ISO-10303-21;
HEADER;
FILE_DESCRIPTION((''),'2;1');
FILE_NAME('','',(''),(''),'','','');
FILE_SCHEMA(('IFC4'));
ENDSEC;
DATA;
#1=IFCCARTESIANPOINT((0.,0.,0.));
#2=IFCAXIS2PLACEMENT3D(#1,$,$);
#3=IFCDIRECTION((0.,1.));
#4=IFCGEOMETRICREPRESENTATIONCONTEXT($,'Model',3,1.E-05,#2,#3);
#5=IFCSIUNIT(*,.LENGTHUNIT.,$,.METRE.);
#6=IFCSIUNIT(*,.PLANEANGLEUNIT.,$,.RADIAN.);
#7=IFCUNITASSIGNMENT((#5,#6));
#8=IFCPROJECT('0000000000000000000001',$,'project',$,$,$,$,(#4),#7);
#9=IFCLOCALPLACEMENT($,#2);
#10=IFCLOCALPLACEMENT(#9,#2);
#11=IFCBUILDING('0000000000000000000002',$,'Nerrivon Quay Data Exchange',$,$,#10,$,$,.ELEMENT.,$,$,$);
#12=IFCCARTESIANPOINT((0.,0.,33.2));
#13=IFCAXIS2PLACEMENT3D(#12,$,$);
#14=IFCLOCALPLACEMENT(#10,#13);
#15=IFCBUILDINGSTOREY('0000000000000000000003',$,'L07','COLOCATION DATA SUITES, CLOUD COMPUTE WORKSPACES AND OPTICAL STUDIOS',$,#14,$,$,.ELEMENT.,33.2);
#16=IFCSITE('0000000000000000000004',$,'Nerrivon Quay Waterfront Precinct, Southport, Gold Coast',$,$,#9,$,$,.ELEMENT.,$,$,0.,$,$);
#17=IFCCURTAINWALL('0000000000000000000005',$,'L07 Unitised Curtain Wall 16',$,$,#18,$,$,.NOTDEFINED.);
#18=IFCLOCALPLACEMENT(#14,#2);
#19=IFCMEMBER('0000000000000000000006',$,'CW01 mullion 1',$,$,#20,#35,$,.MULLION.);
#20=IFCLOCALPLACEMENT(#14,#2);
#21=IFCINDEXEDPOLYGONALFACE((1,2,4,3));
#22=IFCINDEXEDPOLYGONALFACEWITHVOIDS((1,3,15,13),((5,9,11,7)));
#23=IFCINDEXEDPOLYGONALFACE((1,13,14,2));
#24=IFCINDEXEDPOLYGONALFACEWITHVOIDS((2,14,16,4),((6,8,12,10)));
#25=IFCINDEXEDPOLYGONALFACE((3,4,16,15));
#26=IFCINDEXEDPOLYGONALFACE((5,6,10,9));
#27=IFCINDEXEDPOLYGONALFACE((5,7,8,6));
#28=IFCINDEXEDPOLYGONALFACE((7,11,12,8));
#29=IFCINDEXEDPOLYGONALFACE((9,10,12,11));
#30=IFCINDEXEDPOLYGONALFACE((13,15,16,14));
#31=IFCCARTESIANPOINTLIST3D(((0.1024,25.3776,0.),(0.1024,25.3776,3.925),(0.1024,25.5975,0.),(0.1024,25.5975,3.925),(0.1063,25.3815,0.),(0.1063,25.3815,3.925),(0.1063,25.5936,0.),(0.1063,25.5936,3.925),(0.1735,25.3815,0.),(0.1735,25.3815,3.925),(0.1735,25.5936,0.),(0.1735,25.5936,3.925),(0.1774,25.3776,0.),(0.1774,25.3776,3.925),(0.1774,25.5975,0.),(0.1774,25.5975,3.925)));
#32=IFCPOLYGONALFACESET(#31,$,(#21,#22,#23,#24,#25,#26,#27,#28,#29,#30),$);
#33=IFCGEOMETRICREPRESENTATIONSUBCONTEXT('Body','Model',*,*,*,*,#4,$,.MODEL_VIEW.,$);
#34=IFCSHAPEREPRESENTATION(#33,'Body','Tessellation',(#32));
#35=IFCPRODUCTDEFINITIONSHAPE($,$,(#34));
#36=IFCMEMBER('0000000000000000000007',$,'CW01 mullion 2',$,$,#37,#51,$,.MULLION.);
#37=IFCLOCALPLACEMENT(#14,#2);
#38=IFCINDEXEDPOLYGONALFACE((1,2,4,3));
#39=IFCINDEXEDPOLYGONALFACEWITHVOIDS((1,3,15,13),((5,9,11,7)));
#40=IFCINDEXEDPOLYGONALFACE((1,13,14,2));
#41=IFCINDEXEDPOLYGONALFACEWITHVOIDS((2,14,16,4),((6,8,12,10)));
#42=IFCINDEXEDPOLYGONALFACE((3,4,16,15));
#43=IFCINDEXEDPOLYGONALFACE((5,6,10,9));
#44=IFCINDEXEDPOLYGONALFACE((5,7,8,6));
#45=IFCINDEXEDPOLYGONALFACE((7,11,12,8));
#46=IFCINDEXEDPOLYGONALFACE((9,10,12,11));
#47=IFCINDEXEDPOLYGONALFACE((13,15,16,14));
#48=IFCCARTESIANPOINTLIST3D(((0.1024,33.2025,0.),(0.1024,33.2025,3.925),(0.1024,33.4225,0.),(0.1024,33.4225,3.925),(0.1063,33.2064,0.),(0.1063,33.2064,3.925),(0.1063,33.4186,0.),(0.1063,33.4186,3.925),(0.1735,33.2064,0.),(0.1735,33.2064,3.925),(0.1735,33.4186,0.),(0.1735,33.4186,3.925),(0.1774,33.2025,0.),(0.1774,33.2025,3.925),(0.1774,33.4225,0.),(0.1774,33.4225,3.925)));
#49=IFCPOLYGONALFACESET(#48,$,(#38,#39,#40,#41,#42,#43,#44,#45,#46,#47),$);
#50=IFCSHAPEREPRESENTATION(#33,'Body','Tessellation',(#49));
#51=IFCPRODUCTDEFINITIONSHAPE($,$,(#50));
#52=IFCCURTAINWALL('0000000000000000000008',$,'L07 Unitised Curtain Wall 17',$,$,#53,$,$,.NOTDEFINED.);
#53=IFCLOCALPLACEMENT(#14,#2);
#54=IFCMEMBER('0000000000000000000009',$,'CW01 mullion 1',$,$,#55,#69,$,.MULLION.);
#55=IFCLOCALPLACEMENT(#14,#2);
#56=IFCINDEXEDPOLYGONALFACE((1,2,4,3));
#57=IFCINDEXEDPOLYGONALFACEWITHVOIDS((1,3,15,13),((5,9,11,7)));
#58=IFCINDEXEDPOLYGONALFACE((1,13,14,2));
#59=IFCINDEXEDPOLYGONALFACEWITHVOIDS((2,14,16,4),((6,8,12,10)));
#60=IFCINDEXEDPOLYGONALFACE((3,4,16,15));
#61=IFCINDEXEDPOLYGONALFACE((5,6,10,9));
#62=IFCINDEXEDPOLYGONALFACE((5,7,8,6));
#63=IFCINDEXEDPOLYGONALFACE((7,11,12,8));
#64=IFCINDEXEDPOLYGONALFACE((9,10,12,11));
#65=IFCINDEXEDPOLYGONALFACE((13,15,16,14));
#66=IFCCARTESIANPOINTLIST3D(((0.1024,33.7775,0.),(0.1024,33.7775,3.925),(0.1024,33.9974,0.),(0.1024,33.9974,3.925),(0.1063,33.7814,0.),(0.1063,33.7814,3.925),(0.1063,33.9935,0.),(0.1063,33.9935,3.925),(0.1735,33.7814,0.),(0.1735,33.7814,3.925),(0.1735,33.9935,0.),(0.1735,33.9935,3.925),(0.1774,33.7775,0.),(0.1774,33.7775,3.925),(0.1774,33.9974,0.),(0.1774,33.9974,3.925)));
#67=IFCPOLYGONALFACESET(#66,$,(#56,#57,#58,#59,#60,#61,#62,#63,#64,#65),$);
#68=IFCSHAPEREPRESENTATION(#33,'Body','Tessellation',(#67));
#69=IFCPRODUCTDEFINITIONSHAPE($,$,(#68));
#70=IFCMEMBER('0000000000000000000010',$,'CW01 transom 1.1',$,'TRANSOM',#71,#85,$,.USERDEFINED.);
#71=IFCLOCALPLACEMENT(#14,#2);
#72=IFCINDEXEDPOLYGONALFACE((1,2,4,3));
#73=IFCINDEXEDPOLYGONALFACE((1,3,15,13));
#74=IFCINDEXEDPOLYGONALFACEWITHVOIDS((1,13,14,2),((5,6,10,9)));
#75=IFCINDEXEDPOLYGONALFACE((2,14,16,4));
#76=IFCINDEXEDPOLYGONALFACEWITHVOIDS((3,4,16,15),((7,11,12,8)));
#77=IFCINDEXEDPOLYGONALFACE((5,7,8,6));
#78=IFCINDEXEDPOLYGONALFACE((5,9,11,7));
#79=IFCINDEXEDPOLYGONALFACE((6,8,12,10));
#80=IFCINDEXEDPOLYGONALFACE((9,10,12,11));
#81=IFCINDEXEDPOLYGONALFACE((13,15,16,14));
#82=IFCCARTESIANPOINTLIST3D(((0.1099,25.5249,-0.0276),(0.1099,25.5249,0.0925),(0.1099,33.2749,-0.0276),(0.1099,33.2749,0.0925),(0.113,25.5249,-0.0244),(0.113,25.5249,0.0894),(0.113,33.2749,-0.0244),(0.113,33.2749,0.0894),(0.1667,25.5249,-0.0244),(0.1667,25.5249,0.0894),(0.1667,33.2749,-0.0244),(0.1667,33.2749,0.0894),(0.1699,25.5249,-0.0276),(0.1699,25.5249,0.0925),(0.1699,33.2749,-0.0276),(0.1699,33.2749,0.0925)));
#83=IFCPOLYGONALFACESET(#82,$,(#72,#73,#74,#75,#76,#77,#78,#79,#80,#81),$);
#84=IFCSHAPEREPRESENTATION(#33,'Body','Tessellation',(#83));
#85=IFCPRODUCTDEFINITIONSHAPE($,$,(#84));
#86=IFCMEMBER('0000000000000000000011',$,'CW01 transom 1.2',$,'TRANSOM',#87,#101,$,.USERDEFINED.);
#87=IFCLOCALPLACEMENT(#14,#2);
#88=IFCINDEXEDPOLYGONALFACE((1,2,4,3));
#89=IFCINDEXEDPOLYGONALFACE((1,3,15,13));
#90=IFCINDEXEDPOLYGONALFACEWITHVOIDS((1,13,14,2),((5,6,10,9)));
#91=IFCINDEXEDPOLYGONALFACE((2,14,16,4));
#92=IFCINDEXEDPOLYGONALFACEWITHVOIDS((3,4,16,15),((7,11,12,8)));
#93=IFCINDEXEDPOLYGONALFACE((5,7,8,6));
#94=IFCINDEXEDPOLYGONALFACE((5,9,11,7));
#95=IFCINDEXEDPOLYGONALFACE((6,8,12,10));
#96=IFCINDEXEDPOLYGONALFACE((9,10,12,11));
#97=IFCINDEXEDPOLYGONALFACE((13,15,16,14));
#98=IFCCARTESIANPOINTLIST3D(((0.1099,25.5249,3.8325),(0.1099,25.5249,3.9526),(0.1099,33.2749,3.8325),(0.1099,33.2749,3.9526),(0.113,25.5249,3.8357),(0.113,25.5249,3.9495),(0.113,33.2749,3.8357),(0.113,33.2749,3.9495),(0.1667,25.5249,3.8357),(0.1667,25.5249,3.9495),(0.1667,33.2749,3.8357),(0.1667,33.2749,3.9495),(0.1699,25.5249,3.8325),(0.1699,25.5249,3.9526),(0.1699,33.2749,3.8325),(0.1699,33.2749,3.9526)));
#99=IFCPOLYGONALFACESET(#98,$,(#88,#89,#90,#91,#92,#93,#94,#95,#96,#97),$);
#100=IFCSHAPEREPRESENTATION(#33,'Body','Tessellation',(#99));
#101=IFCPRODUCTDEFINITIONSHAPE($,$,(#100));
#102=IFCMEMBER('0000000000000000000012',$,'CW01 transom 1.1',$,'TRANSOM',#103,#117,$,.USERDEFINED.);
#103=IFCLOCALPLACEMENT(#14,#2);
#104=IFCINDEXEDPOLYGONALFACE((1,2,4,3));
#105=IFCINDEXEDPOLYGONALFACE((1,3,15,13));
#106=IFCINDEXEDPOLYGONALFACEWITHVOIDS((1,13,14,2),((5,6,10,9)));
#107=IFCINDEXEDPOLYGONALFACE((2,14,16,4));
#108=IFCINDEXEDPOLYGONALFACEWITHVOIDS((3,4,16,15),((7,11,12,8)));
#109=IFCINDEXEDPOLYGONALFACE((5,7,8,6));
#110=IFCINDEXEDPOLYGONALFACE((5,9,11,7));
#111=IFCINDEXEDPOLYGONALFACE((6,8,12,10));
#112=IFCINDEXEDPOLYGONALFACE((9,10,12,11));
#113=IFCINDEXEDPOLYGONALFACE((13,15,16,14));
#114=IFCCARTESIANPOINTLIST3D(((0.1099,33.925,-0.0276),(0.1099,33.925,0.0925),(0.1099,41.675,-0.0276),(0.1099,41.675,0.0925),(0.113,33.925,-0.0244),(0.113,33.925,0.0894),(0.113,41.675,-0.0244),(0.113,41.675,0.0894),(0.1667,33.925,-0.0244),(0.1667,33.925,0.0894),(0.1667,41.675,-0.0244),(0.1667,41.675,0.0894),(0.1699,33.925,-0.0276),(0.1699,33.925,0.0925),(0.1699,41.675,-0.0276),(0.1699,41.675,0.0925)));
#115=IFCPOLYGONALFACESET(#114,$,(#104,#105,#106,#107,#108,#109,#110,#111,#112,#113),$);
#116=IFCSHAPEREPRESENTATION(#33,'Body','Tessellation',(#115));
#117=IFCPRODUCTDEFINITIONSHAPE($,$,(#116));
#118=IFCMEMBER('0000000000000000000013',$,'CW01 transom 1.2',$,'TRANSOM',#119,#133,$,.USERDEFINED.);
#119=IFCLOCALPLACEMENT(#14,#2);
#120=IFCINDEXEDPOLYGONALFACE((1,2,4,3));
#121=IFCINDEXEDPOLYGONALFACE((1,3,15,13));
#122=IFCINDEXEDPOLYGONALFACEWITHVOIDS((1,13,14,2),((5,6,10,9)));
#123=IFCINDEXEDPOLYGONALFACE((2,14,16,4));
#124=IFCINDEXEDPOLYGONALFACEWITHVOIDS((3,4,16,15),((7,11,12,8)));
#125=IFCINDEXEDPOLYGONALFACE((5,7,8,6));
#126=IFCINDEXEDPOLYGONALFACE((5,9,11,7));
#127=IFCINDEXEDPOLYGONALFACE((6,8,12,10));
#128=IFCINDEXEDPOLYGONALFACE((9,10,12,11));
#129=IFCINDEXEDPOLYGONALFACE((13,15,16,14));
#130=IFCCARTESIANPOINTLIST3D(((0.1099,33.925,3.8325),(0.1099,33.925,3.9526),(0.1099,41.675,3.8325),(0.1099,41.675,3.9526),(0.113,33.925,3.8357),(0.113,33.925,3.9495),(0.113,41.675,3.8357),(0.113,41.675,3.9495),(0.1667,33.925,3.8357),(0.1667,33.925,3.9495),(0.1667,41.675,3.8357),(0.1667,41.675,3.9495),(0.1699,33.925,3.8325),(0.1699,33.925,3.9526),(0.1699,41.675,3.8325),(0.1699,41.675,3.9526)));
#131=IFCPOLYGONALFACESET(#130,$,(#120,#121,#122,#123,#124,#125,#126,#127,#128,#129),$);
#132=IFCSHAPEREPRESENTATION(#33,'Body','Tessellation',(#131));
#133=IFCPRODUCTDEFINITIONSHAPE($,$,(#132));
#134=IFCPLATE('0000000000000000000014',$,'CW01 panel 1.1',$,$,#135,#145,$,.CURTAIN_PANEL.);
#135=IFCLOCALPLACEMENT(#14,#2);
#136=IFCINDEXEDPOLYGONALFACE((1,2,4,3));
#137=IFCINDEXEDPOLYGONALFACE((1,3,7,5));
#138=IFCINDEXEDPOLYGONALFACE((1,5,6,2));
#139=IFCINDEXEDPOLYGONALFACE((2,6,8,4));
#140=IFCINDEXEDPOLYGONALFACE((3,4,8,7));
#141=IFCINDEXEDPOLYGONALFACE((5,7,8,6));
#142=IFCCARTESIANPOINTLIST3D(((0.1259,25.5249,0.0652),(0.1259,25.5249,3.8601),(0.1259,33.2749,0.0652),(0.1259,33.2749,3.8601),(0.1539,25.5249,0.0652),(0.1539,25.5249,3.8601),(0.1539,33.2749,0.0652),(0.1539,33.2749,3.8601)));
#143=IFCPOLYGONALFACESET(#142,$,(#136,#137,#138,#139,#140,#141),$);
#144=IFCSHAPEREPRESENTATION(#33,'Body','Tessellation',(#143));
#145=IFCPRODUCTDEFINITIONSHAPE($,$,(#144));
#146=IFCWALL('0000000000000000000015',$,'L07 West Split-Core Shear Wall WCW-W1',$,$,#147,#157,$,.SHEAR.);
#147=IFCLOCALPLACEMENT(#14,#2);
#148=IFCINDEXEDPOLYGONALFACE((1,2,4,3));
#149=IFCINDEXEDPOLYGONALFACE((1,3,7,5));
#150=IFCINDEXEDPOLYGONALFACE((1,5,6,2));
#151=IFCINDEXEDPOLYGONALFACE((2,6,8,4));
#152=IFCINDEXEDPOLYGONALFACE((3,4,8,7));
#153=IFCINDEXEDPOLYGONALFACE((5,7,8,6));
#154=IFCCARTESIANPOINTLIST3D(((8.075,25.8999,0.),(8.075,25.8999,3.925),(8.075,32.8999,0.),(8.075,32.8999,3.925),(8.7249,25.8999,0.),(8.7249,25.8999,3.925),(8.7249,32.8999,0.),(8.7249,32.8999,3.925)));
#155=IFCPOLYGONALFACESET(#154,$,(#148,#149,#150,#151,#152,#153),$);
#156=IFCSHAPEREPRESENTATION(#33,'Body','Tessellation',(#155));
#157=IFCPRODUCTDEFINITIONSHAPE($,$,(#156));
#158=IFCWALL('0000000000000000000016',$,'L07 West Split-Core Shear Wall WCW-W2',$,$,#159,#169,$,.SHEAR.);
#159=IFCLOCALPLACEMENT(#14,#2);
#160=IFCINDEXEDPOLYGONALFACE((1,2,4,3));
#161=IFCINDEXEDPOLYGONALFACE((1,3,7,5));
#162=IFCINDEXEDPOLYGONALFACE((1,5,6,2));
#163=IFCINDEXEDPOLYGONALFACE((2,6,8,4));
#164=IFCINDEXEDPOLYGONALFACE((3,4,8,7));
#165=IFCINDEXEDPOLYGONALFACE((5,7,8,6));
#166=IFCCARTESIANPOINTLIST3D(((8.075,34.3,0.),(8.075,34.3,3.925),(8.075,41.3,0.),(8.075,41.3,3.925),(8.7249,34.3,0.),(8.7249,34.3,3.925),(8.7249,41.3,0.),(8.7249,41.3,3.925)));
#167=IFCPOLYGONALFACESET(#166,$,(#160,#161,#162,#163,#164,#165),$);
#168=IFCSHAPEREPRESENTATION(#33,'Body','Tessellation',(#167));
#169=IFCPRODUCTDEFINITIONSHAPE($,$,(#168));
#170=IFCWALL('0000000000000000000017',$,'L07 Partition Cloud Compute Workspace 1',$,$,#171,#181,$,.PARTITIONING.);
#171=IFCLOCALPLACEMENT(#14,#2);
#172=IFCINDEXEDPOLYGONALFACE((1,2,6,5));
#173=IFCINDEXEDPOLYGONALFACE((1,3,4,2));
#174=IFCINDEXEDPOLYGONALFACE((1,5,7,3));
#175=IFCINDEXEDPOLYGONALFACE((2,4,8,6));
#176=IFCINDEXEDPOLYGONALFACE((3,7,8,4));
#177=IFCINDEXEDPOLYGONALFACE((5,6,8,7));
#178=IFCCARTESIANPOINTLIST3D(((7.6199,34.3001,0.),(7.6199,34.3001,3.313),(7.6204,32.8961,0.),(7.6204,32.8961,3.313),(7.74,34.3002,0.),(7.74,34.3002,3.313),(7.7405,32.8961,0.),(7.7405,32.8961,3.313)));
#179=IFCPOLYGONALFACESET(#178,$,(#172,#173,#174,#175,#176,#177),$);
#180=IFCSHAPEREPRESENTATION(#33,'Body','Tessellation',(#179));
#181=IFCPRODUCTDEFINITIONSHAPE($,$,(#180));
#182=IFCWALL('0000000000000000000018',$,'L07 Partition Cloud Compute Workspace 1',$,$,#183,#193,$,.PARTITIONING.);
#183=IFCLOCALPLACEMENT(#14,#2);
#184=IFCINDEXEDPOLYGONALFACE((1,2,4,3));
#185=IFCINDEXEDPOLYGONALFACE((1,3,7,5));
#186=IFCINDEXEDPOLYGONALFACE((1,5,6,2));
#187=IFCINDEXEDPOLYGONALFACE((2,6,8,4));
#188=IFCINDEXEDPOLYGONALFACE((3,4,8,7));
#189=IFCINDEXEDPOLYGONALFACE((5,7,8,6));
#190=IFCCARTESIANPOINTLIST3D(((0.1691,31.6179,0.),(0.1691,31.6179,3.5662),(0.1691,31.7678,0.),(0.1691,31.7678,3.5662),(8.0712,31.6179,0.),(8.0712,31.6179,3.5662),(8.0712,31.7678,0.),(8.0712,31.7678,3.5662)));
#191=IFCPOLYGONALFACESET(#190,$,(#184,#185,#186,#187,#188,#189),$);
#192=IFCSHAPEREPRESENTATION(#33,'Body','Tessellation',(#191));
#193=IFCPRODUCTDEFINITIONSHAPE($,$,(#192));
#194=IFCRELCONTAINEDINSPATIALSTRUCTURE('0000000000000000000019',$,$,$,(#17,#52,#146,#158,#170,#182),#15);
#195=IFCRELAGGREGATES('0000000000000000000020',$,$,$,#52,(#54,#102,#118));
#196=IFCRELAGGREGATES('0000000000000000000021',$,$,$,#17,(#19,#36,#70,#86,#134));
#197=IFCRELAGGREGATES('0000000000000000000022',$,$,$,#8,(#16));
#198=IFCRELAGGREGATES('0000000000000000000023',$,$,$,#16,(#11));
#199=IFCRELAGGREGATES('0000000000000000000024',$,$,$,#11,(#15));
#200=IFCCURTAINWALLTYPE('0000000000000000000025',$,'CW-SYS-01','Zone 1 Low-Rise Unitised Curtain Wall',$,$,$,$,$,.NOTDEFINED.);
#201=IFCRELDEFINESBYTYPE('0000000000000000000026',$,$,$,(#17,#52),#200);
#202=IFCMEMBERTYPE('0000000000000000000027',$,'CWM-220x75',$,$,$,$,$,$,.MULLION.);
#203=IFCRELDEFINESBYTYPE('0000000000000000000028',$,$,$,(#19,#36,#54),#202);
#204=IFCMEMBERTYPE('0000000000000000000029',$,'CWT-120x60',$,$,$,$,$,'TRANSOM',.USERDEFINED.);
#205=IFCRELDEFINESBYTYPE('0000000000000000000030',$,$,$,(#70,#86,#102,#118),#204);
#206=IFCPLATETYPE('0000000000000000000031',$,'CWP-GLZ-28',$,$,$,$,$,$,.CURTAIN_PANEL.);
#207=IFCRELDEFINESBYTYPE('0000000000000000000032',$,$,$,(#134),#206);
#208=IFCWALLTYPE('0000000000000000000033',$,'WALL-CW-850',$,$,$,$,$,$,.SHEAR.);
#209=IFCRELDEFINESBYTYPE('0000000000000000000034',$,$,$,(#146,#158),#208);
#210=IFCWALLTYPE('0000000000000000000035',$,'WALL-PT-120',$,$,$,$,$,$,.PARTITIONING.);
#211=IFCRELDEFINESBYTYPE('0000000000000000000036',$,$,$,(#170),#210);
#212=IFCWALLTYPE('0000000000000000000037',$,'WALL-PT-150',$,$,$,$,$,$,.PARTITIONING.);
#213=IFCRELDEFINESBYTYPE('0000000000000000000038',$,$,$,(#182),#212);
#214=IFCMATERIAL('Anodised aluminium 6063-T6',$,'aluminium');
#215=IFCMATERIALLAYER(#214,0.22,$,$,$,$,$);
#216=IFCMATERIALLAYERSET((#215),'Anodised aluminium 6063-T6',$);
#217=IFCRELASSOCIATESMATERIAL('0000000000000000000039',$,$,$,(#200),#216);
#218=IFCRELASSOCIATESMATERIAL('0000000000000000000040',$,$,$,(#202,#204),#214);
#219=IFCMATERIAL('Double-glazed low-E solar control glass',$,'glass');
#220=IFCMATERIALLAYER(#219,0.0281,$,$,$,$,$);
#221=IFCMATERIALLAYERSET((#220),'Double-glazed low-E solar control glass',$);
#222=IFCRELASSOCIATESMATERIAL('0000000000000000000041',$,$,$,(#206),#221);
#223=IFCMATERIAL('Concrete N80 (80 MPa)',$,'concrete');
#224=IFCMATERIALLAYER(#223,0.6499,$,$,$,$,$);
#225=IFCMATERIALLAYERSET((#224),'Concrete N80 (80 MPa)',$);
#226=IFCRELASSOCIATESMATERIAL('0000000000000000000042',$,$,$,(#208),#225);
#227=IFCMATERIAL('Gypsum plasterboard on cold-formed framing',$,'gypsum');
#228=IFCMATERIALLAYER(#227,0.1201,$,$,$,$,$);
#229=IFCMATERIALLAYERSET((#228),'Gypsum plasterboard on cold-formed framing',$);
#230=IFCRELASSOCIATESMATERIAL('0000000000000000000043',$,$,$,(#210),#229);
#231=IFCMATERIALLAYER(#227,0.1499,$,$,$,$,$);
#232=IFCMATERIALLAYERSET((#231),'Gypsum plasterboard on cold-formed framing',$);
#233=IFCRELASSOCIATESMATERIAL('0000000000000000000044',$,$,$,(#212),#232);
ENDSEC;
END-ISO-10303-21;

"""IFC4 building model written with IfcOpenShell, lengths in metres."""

from ifc_helpers import new_model, si_unit, direction, frame, frame_2d, origin, origin_2d, place, context, subcontext, project, spatial, rectangle, hollow_rectangle, extrude, material, layer, layer_set, material_profile, profile_set, type_object, element, aggregate, save


model = new_model("IFC4")

# Units and contexts
model_context = context("Model", 3, precision=1e-05, world=origin(), true_north=direction((0.0, 1.0)))
body_context = subcontext(model_context, "Body", "Model", "MODEL_VIEW")
ifc_project = project(units=[si_unit("LENGTHUNIT", "METRE"), si_unit("PLANEANGLEUNIT", "RADIAN")], contexts=[model_context])

# Site, building, storey
site_placement = place(None, origin())
site = spatial("IfcSite", under=ifc_project, at=site_placement, Name="Nerrivon Quay Waterfront Precinct, Southport, Gold Coast", CompositionType="ELEMENT", RefElevation=0.0)
building_placement = place(site_placement, origin())
building = spatial("IfcBuilding", under=site, at=building_placement, Name="Nerrivon Quay Data Exchange", CompositionType="ELEMENT")
storey_placement = place(building_placement, frame((0.0, 0.0, 33.2)))
storey = spatial("IfcBuildingStorey", under=building, at=storey_placement, Name="L07", Description="COLOCATION DATA SUITES, CLOUD COMPUTE WORKSPACES AND OPTICAL STUDIOS", CompositionType="ELEMENT", Elevation=33.2)

# Shared definitions
ifc_material_1 = material(Name="Concrete N80 (80 MPa)", Category="concrete")

# Curtain wall, members
ifc_material_2 = material(Name="Anodised aluminium 6063-T6", Category="aluminium")
ifc_layer_1 = layer(ifc_material_2, 0.22)
ifc_layer_set_1 = layer_set([ifc_layer_1], Name="Anodised aluminium 6063-T6")
curtain_wall_type = type_object("IfcCurtainWallType", Name="CW-SYS-01", Description="Zone 1 Low-Rise Unitised Curtain Wall", PredefinedType="NOTDEFINED", material=ifc_layer_set_1)
curtain_wall_1_placement = place(storey_placement, origin())
curtain_wall_1 = element("IfcCurtainWall", 1, at=curtain_wall_1_placement, inside=storey, type_object=curtain_wall_type, Name="L07 Unitised Curtain Wall 16", PredefinedType="NOTDEFINED")
ifc_material_profile_1 = material_profile(ifc_material_2, hollow_rectangle(XDim=0.075, YDim=0.22, WallThickness=0.0039, at=origin_2d()), Name="ALU-MULL-220x75")
ifc_profile_set_1 = profile_set([ifc_material_profile_1], Name="Anodised aluminium 6063-T6")
member_type_1 = type_object("IfcMemberType", Name="CWM-220x75", PredefinedType="MULLION", material=ifc_profile_set_1)
member_1_placement = place(storey_placement, frame((0.1399, 25.4875, 0.0), z_axis=(0.0, 0.0, 1.0), x_axis=(-1.0, 0.0, 0.0)))
member_1 = element("IfcMember", 2, at=member_1_placement, type_object=member_type_1, Name="CW01 mullion 1", PredefinedType="MULLION", context=body_context, shape_type="SweptSolid", body=[
    extrude(hollow_rectangle(XDim=0.075, YDim=0.22, WallThickness=0.0039, at=origin_2d()), origin(), (0.0, 0.0, 1.0), 3.925),
])
member_2_placement = place(storey_placement, frame((0.1399, 33.3125, 0.0), z_axis=(0.0, 0.0, 1.0), x_axis=(-1.0, 0.0, 0.0)))
member_2 = element("IfcMember", 3, at=member_2_placement, type_object=member_type_1, Name="CW01 mullion 2", PredefinedType="MULLION", context=body_context, shape_type="SweptSolid", body=[
    extrude(hollow_rectangle(XDim=0.075, YDim=0.22, WallThickness=0.0039, at=origin_2d()), origin(), (0.0, 0.0, 1.0), 3.925),
])

# Curtain wall, member
curtain_wall_2_placement = place(storey_placement, origin())
curtain_wall_2 = element("IfcCurtainWall", 4, at=curtain_wall_2_placement, inside=storey, type_object=curtain_wall_type, Name="L07 Unitised Curtain Wall 17", PredefinedType="NOTDEFINED")
member_3_placement = place(storey_placement, frame((0.1399, 33.8875, 0.0), z_axis=(0.0, 0.0, 1.0), x_axis=(-1.0, 0.0, 0.0)))
member_3 = element("IfcMember", 5, at=member_3_placement, type_object=member_type_1, Name="CW01 mullion 1", PredefinedType="MULLION", context=body_context, shape_type="SweptSolid", body=[
    extrude(hollow_rectangle(XDim=0.075, YDim=0.22, WallThickness=0.0039, at=origin_2d()), origin(), (0.0, 0.0, 1.0), 3.925),
])

# Members
ifc_material_profile_2 = material_profile(ifc_material_2, hollow_rectangle(XDim=0.0601, YDim=0.1201, WallThickness=0.0032, at=origin_2d()), Name="ALU-TRAN-120x60")
ifc_profile_set_2 = profile_set([ifc_material_profile_2], Name="Anodised aluminium 6063-T6")
member_type_2 = type_object("IfcMemberType", Name="CWT-120x60", ElementType="TRANSOM", PredefinedType="USERDEFINED", material=ifc_profile_set_2)
member_4_placement = place(storey_placement, frame((0.1399, 25.5249, 0.0325), z_axis=(0.0, 1.0, 0.0), x_axis=(-1.0, 0.0, 0.0)))
member_4 = element("IfcMember", 6, at=member_4_placement, type_object=member_type_2, Name="CW01 transom 1.1", ObjectType="TRANSOM", PredefinedType="USERDEFINED", context=body_context, shape_type="SweptSolid", body=[
    extrude(hollow_rectangle(XDim=0.0601, YDim=0.1201, WallThickness=0.0032, at=origin_2d()), origin(), (0.0, 0.0, 1.0), 7.75),
])
member_5_placement = place(storey_placement, frame((0.1399, 25.5249, 3.8926), z_axis=(0.0, 1.0, 0.0), x_axis=(-1.0, 0.0, 0.0)))
member_5 = element("IfcMember", 7, at=member_5_placement, type_object=member_type_2, Name="CW01 transom 1.2", ObjectType="TRANSOM", PredefinedType="USERDEFINED", context=body_context, shape_type="SweptSolid", body=[
    extrude(hollow_rectangle(XDim=0.0601, YDim=0.1201, WallThickness=0.0032, at=origin_2d()), origin(), (0.0, 0.0, 1.0), 7.75),
])
member_6_placement = place(storey_placement, frame((0.1399, 33.925, 0.0325), z_axis=(0.0, 1.0, 0.0), x_axis=(-1.0, 0.0, 0.0)))
member_6 = element("IfcMember", 8, at=member_6_placement, type_object=member_type_2, Name="CW01 transom 1.1", ObjectType="TRANSOM", PredefinedType="USERDEFINED", context=body_context, shape_type="SweptSolid", body=[
    extrude(hollow_rectangle(XDim=0.0601, YDim=0.1201, WallThickness=0.0032, at=origin_2d()), origin(), (0.0, 0.0, 1.0), 7.75),
])
member_7_placement = place(storey_placement, frame((0.1399, 33.925, 3.8926), z_axis=(0.0, 1.0, 0.0), x_axis=(-1.0, 0.0, 0.0)))
member_7 = element("IfcMember", 9, at=member_7_placement, type_object=member_type_2, Name="CW01 transom 1.2", ObjectType="TRANSOM", PredefinedType="USERDEFINED", context=body_context, shape_type="SweptSolid", body=[
    extrude(hollow_rectangle(XDim=0.0601, YDim=0.1201, WallThickness=0.0032, at=origin_2d()), origin(), (0.0, 0.0, 1.0), 7.75),
])
aggregate(curtain_wall_2, [member_3, member_6, member_7])

# Plate
ifc_material_3 = material(Name="Double-glazed low-E solar control glass", Category="glass")
ifc_layer_2 = layer(ifc_material_3, 0.0281)
ifc_layer_set_2 = layer_set([ifc_layer_2], Name="Double-glazed low-E solar control glass")
plate_type = type_object("IfcPlateType", Name="CWP-GLZ-28", PredefinedType="CURTAIN_PANEL", material=ifc_layer_set_2)
plate_placement = place(storey_placement, frame((0.1399, 29.3999, 0.0652), z_axis=(0.0, 0.0, 1.0), x_axis=(0.0, 1.0, 0.0)))
plate = element("IfcPlate", 10, at=plate_placement, type_object=plate_type, Name="CW01 panel 1.1", PredefinedType="CURTAIN_PANEL", context=body_context, shape_type="SweptSolid", body=[
    extrude(rectangle(XDim=7.75, YDim=0.0281, at=origin_2d()), origin(), (0.0, 0.0, 1.0), 3.7949),
])
aggregate(curtain_wall_1, [member_1, member_2, member_4, member_5, plate])

# Walls
ifc_layer_3 = layer(ifc_material_1, 0.6499)
ifc_layer_set_3 = layer_set([ifc_layer_3], Name="Concrete N80 (80 MPa)")
wall_type_1 = type_object("IfcWallType", Name="WALL-CW-850", PredefinedType="SHEAR", material=ifc_layer_set_3)
for number, where, z_axis, x_axis, name in (
    (11, (8.3999, 25.8999, 0.0), (0.0, 0.0, 1.0), (0.0, 1.0, 0.0), "L07 West Split-Core Shear Wall WCW-W1"),
    (12, (8.3999, 34.3, 0.0), (0.0, 0.0, 1.0), (0.0, 1.0, 0.0), "L07 West Split-Core Shear Wall WCW-W2"),
):
    element("IfcWall", number, at=place(storey_placement, frame(where, z_axis=z_axis, x_axis=x_axis)), inside=storey, type_object=wall_type_1, Name=name, PredefinedType="SHEAR", context=body_context, shape_type="SweptSolid", body=[
        extrude(rectangle(XDim=7.0, YDim=0.6499, at=frame_2d((3.5, 0.0))), origin(), (0.0, 0.0, 1.0), 3.925),
    ])
ifc_material_4 = material(Name="Gypsum plasterboard on cold-formed framing", Category="gypsum")
ifc_layer_4 = layer(ifc_material_4, 0.1201)
ifc_layer_set_4 = layer_set([ifc_layer_4], Name="Gypsum plasterboard on cold-formed framing")
wall_type_2 = type_object("IfcWallType", Name="WALL-PT-120", PredefinedType="PARTITIONING", material=ifc_layer_set_4)
wall_1_placement = place(storey_placement, frame((7.6804, 32.896, 0.0), z_axis=(0.0, 0.0, 1.0), x_axis=(-0.000348, 1.0, 0.0)))
element("IfcWall", 13, at=wall_1_placement, inside=storey, type_object=wall_type_2, Name="L07 Partition Cloud Compute Workspace 1", PredefinedType="PARTITIONING", context=body_context, shape_type="SweptSolid", body=[
    extrude(rectangle(XDim=1.4041, YDim=0.1201, at=frame_2d((0.7021, 0.0))), origin(), (0.0, 0.0, 1.0), 3.313),
])
ifc_layer_5 = layer(ifc_material_4, 0.1499)
ifc_layer_set_5 = layer_set([ifc_layer_5], Name="Gypsum plasterboard on cold-formed framing")
wall_type_3 = type_object("IfcWallType", Name="WALL-PT-150", PredefinedType="PARTITIONING", material=ifc_layer_set_5)
wall_2_placement = place(storey_placement, frame((0.1689, 31.6929, 0.0), z_axis=(0.0, 0.0, 1.0), x_axis=(1.0, 0.0, 0.0)))
element("IfcWall", 14, at=wall_2_placement, inside=storey, type_object=wall_type_3, Name="L07 Partition Cloud Compute Workspace 1", PredefinedType="PARTITIONING", context=body_context, shape_type="SweptSolid", body=[
    extrude(rectangle(XDim=7.9021, YDim=0.1499, at=frame_2d((3.9512, 0.0))), origin(), (0.0, 0.0, 1.0), 3.5662),
])

save(model, "model.ifc")
